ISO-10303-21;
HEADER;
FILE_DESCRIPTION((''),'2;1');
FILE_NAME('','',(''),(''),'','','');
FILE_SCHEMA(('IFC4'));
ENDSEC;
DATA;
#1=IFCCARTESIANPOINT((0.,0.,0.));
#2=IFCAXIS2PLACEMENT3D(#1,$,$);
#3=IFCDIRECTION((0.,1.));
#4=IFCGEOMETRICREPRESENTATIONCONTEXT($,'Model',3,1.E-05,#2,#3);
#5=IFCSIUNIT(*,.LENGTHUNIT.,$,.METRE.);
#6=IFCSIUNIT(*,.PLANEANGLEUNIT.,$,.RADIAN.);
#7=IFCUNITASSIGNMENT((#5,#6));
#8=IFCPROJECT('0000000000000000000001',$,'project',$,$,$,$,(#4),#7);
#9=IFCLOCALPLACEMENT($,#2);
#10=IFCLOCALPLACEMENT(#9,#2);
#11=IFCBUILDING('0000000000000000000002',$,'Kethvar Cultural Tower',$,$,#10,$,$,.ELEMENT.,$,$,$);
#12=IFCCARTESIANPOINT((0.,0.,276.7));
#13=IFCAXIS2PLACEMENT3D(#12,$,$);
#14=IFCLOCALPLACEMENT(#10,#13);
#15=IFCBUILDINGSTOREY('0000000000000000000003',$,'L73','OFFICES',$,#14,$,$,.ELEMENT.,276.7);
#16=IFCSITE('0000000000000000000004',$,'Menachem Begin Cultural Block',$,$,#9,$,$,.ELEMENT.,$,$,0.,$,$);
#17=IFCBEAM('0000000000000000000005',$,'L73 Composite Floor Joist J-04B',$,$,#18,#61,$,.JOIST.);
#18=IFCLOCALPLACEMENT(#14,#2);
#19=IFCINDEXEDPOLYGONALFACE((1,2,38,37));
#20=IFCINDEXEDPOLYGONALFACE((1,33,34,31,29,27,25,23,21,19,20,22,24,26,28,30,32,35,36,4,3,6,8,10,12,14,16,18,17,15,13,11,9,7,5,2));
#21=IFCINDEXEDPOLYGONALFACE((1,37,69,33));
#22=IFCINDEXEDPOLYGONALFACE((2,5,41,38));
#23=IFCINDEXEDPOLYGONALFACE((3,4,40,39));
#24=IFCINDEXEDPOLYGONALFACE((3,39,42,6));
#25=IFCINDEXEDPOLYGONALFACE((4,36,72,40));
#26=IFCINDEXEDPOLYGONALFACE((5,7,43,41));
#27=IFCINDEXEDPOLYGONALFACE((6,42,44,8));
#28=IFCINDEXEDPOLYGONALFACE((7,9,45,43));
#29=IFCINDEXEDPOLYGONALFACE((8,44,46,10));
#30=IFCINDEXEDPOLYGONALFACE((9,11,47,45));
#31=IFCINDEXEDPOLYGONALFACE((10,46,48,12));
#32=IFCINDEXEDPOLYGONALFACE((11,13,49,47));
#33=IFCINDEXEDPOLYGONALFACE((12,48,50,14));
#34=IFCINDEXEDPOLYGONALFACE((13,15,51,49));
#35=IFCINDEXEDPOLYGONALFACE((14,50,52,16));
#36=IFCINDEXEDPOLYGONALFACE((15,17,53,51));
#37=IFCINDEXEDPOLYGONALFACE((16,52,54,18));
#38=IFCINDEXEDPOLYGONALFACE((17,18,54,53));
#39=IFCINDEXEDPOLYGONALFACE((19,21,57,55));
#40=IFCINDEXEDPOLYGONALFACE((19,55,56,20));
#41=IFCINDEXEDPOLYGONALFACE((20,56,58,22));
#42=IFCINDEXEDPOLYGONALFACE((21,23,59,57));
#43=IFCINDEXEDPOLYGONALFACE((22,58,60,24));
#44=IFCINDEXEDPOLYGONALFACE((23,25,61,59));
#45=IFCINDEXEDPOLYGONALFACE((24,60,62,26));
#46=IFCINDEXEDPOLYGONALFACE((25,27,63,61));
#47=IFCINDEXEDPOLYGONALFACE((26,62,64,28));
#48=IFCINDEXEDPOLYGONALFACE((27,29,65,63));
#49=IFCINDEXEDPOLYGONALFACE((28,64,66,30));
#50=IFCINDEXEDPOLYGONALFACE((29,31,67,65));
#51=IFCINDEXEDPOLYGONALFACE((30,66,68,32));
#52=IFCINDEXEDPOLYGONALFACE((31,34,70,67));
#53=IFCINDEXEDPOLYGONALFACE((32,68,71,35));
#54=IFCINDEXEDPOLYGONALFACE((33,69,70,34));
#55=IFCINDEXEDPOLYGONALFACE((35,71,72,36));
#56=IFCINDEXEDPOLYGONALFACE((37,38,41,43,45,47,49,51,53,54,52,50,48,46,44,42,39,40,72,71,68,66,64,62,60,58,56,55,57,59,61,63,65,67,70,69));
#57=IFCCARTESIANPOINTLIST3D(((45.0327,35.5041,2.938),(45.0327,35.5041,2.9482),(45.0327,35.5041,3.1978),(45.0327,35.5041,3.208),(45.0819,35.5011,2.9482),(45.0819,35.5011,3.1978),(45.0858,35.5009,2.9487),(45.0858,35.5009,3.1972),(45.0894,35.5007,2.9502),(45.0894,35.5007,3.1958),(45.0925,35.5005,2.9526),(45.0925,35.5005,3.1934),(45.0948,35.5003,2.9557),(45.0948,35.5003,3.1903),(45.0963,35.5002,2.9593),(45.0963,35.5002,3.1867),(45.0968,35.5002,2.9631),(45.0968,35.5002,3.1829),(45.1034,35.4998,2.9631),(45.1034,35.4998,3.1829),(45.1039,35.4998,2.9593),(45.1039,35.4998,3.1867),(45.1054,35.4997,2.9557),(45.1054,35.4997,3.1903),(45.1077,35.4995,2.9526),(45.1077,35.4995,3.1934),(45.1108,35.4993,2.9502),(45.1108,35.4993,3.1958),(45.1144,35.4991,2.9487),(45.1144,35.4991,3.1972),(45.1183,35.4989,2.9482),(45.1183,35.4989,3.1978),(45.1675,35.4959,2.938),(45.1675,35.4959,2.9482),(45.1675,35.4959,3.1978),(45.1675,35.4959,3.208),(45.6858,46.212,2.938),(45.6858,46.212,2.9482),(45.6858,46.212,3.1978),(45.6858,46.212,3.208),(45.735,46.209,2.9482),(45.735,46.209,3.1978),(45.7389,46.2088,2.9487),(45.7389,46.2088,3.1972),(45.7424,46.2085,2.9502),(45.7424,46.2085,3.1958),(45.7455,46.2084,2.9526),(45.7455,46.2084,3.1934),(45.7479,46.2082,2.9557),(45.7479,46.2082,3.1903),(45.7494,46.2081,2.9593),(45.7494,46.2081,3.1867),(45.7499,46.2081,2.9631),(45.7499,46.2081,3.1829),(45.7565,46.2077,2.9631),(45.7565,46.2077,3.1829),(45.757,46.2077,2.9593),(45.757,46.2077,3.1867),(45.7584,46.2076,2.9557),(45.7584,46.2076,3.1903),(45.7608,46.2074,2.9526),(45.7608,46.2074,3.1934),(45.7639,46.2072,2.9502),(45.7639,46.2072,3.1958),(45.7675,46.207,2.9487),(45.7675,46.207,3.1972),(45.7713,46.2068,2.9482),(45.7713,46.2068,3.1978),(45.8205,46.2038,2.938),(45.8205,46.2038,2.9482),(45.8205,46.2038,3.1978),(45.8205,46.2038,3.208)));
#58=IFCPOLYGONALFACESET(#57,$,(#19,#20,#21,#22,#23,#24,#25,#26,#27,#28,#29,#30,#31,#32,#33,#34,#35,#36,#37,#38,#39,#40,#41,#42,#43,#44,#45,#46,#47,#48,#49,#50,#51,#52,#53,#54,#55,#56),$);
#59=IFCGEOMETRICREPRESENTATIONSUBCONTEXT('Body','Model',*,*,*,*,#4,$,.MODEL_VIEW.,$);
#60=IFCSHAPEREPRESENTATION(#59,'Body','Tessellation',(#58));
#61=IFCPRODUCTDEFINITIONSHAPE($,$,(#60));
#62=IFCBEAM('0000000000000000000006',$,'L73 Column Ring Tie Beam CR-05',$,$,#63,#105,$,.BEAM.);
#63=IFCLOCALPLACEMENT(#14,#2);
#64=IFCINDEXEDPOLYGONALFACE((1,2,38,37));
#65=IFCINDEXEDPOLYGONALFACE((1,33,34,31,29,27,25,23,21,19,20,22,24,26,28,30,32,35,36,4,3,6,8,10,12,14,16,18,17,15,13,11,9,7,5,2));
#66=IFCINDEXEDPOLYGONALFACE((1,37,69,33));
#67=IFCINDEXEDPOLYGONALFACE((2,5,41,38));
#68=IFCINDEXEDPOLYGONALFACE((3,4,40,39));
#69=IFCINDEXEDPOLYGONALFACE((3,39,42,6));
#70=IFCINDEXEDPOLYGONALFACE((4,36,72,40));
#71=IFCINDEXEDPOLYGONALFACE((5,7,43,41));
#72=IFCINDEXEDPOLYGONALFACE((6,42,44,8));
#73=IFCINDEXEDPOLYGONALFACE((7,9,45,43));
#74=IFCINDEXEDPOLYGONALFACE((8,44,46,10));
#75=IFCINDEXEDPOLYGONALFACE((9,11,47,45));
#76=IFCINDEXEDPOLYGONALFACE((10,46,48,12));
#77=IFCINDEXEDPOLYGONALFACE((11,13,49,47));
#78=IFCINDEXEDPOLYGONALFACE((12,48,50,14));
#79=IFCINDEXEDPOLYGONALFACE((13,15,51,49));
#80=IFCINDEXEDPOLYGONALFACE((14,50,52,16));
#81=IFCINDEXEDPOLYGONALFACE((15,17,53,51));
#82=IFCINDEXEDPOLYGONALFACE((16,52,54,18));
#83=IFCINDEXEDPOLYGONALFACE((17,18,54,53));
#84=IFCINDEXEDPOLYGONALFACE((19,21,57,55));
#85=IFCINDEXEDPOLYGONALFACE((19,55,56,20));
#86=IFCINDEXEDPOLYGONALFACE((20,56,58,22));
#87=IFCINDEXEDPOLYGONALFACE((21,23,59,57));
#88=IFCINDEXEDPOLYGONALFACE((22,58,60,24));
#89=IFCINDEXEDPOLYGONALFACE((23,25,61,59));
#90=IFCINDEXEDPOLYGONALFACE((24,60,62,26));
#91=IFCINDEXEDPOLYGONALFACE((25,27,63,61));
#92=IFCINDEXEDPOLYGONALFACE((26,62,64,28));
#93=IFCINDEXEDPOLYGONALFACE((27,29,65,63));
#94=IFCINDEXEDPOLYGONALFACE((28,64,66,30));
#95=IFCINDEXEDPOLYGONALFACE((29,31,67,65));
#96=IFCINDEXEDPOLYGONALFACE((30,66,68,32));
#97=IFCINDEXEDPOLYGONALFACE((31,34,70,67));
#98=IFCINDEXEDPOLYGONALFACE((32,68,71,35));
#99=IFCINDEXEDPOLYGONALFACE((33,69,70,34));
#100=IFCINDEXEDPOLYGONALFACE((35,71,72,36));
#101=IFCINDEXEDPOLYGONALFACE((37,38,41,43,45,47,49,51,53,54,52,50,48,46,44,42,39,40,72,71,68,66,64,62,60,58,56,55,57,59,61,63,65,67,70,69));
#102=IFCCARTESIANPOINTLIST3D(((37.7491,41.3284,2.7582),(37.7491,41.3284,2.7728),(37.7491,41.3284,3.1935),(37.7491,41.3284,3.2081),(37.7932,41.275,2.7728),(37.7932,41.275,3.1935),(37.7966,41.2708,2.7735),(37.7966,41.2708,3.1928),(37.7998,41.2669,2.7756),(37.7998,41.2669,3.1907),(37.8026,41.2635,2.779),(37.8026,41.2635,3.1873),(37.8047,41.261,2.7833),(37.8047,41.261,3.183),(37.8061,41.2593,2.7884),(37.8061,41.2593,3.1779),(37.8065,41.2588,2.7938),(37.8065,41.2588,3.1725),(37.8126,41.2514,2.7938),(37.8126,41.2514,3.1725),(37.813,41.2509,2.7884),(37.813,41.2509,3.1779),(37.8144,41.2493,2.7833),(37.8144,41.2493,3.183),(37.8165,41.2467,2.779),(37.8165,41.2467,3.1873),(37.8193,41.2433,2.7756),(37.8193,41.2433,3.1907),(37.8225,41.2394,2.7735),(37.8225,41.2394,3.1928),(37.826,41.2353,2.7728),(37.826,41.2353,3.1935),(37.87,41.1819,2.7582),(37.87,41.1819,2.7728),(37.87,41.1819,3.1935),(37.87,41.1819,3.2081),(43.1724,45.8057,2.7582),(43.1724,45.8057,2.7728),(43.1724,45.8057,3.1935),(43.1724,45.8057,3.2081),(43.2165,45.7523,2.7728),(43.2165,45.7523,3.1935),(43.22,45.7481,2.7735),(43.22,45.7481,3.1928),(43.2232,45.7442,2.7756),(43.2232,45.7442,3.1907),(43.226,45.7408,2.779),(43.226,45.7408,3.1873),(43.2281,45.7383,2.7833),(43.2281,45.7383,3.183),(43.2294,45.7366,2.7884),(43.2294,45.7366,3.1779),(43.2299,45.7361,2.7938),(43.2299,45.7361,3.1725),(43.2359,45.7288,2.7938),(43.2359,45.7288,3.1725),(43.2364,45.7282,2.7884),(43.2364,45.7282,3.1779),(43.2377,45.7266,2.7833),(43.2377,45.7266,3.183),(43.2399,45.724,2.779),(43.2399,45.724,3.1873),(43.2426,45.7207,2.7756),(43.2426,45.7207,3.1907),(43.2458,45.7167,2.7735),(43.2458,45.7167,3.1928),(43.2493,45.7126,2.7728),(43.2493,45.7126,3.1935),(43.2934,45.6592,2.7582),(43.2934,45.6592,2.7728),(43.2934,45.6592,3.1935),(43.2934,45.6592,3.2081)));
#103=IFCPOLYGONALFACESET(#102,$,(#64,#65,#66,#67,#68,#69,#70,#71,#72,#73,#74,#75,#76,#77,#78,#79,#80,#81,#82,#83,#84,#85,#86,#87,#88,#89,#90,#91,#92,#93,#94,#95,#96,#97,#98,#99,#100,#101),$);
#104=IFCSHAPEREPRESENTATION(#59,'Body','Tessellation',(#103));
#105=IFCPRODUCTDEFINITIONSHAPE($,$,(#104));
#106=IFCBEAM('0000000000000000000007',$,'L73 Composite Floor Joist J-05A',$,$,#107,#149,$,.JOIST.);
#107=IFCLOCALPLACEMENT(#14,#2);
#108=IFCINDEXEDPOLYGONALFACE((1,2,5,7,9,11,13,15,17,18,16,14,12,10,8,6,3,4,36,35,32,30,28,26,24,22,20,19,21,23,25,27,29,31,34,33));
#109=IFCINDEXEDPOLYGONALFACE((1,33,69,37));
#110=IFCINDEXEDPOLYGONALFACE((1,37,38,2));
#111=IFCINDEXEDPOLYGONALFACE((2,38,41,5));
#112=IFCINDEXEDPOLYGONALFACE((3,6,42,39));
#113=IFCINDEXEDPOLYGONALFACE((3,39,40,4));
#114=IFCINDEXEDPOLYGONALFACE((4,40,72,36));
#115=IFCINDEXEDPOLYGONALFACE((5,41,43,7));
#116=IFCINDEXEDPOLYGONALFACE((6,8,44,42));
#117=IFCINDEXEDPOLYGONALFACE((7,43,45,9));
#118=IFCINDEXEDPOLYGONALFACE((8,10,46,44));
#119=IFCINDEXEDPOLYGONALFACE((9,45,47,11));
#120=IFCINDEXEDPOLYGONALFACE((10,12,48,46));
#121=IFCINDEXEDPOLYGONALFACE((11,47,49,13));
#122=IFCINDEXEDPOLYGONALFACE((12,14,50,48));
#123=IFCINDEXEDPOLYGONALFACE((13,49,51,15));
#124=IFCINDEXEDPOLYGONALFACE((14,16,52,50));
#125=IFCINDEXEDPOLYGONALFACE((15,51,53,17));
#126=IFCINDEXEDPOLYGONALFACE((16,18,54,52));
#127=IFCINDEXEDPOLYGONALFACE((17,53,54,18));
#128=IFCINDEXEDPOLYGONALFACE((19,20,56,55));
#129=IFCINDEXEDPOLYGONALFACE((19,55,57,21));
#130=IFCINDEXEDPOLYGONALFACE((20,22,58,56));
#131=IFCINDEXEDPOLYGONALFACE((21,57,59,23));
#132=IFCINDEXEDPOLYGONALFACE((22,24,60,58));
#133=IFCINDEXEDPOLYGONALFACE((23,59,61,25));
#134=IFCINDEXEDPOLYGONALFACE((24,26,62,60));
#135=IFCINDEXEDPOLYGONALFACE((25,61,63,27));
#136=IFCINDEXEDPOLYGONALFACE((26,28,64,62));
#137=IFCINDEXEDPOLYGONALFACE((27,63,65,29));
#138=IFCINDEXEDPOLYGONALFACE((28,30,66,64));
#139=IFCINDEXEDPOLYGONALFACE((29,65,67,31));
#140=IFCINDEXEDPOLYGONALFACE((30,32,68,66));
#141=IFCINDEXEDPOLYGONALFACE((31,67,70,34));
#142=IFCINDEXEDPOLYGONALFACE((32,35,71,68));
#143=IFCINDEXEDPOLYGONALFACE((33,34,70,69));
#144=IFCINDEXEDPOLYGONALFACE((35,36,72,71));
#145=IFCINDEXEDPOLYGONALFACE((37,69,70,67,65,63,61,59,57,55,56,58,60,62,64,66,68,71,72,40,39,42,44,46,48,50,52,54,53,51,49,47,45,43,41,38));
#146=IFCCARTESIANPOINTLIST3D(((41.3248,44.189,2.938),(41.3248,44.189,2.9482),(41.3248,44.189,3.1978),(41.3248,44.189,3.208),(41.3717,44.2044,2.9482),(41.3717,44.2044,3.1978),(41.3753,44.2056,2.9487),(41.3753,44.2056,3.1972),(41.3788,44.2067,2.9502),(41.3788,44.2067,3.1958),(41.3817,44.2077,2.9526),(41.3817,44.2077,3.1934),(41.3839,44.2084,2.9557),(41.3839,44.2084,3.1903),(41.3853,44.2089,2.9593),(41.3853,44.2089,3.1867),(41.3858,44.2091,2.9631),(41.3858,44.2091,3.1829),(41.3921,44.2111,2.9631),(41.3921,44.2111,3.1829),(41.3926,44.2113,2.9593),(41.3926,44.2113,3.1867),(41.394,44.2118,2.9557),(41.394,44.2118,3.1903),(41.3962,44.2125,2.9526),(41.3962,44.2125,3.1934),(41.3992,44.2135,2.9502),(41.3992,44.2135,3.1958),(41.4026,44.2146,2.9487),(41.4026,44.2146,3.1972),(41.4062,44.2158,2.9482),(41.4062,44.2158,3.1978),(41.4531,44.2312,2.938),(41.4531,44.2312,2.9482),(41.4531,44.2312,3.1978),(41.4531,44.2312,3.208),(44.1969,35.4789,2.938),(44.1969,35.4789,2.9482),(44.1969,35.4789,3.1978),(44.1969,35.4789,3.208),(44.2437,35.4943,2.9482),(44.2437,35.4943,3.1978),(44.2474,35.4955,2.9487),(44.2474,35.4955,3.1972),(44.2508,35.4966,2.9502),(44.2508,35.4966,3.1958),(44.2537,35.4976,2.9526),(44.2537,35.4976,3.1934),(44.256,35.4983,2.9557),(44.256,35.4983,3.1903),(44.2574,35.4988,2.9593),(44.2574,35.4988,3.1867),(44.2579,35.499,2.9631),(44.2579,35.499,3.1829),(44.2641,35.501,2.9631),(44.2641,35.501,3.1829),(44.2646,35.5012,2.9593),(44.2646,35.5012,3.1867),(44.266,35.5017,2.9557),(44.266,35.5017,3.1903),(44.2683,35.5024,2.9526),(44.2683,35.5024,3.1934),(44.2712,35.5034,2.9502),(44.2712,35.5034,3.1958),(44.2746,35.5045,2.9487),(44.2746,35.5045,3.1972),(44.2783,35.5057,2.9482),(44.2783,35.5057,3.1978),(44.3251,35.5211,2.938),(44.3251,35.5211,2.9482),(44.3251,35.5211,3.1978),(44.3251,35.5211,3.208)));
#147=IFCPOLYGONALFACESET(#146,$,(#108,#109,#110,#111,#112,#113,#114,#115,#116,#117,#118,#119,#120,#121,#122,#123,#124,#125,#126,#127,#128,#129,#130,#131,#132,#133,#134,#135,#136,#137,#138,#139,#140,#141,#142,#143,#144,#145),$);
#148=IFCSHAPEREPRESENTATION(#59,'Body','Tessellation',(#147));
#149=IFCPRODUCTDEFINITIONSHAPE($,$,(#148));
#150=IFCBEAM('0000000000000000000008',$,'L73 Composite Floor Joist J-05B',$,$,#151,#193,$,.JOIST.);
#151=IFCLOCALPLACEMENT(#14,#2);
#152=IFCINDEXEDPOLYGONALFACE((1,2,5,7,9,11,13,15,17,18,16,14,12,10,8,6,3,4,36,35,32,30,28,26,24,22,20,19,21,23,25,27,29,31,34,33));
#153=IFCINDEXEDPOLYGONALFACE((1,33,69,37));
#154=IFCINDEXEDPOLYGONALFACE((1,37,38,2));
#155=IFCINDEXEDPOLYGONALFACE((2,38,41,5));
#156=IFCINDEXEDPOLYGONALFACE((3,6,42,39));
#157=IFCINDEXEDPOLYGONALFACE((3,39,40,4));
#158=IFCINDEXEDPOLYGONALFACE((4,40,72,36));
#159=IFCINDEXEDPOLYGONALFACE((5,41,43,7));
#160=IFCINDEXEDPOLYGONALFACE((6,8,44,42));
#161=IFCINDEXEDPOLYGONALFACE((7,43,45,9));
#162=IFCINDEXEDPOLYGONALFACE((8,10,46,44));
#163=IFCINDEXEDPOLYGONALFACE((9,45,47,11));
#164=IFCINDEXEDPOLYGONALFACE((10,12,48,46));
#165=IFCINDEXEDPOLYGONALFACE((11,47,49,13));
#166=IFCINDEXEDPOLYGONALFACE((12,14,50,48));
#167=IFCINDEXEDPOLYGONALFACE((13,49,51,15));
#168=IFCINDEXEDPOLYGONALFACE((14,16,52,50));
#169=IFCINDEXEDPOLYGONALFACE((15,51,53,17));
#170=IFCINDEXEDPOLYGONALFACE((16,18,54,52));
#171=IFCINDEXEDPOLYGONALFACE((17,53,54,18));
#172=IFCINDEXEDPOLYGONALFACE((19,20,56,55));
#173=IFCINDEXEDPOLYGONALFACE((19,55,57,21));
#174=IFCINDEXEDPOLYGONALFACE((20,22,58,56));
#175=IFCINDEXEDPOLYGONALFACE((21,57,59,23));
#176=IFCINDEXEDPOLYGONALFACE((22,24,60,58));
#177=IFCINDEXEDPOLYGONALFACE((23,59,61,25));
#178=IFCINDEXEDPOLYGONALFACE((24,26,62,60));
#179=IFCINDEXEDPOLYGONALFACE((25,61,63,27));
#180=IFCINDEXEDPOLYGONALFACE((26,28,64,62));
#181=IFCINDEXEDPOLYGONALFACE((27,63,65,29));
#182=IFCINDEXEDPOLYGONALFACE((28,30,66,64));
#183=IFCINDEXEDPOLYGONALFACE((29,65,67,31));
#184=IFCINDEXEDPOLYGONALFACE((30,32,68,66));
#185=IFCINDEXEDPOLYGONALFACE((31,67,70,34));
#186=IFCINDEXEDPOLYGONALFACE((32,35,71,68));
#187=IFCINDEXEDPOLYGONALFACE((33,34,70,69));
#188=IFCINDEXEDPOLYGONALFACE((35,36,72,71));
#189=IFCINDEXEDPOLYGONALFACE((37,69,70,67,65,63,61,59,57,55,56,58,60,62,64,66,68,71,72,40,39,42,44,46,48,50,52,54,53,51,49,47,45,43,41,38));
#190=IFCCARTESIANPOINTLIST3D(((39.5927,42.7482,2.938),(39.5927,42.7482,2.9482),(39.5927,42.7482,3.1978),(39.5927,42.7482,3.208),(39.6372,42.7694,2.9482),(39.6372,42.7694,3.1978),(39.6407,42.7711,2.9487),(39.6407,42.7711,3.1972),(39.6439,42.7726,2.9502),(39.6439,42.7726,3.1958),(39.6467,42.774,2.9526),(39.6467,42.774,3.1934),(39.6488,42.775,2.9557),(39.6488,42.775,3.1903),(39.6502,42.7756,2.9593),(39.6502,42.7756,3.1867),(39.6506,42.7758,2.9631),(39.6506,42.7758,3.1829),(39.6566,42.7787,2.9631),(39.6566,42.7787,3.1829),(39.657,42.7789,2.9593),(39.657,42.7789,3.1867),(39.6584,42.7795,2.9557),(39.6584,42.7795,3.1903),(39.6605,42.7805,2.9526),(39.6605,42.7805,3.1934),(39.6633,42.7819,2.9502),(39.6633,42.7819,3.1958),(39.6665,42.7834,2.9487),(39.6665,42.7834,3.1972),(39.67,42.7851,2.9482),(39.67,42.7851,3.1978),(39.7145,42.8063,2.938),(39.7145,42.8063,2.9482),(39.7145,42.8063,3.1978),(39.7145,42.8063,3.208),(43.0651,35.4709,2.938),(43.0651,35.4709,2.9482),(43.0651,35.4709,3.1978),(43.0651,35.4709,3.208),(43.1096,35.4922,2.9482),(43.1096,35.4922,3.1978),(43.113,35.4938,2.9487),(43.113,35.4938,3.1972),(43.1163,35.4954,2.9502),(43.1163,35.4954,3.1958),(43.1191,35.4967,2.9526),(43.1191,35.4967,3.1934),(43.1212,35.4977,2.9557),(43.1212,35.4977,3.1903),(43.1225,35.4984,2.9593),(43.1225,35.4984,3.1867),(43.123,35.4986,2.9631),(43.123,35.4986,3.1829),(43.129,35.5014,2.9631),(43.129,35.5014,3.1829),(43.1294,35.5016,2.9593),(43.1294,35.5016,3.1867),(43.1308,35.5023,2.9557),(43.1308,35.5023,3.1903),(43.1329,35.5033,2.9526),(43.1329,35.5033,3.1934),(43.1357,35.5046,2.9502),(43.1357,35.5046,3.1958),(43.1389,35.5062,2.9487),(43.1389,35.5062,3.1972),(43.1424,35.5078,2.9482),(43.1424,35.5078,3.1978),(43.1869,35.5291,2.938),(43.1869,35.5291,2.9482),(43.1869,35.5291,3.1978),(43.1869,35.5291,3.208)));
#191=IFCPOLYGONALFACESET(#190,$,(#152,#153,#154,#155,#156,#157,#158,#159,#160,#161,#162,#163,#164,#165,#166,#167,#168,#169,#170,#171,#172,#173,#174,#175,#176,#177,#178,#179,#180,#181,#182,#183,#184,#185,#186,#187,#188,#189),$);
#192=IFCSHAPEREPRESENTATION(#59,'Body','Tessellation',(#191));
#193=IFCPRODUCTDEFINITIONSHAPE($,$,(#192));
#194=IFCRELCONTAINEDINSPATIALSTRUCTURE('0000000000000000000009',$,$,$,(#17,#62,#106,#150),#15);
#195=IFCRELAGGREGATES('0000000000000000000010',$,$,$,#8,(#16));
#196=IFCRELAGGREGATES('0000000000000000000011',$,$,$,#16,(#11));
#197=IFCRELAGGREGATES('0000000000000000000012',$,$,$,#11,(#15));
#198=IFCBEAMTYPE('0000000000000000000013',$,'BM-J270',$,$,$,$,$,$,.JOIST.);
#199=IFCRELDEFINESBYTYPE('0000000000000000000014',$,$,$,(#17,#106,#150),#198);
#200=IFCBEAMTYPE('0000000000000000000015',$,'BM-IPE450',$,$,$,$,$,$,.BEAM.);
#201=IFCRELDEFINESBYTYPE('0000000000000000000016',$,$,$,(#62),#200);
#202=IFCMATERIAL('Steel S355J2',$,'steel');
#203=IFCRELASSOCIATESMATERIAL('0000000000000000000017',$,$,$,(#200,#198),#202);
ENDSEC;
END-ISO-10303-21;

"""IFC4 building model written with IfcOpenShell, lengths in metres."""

from ifc_helpers import new_model, si_unit, direction, frame, origin, origin_2d, place, context, subcontext, project, spatial, i_section, extrude, source, transform, mapped, material, material_profile, profile_set, type_object, element, save


model = new_model("IFC4")

# Units and contexts
model_context = context("Model", 3, precision=1e-05, world=origin(), true_north=direction((0.0, 1.0)))
body_context = subcontext(model_context, "Body", "Model", "MODEL_VIEW")
ifc_project = project(units=[si_unit("LENGTHUNIT", "METRE"), si_unit("PLANEANGLEUNIT", "RADIAN")], contexts=[model_context])

# Site, building, storey
site_placement = place(None, origin())
site = spatial("IfcSite", under=ifc_project, at=site_placement, Name="Menachem Begin Cultural Block", CompositionType="ELEMENT", RefElevation=0.0)
building_placement = place(site_placement, origin())
building = spatial("IfcBuilding", under=site, at=building_placement, Name="Kethvar Cultural Tower", CompositionType="ELEMENT")
storey_placement = place(building_placement, frame((0.0, 0.0, 276.7)))
storey = spatial("IfcBuildingStorey", under=building, at=storey_placement, Name="L73", Description="OFFICES", CompositionType="ELEMENT", Elevation=276.7)

# Shared definitions
ifc_material_1 = material(Name="Steel S355J2", Category="steel")

# Beams
ifc_material_profile_1 = material_profile(ifc_material_1, i_section(OverallWidth=0.1899, OverallDepth=0.45, WebThickness=0.0095, FlangeThickness=0.0146, FilletRadius=0.021, at=origin_2d()), Name="Steel S355J2 — IPE450")
ifc_profile_set_1 = profile_set([ifc_material_profile_1], Name="Steel S355J2 — IPE450")
beam_type_1 = type_object("IfcBeamType", Name="BM-IPE450", PredefinedType="BEAM", material=ifc_profile_set_1)
ifc_material_profile_2 = material_profile(ifc_material_1, i_section(OverallWidth=0.135, OverallDepth=0.27, WebThickness=0.0066, FlangeThickness=0.0103, FilletRadius=0.0149, at=origin_2d()), Name="Steel S355J2 — IPE270")
ifc_profile_set_2 = profile_set([ifc_material_profile_2], Name="Steel S355J2 — IPE270")
beam_type_2 = type_object("IfcBeamType", Name="BM-J270", PredefinedType="JOIST", material=ifc_profile_set_2)
shared_shape_1 = source(origin(), body_context, "Body", "SweptSolid", [
    extrude(i_section(OverallWidth=0.135, OverallDepth=0.27, WebThickness=0.0066, FlangeThickness=0.0103, FilletRadius=0.0149, at=origin_2d()), origin(), (0.0, 0.0, 1.0), 10.7278),
])
beam_1_placement = place(storey_placement, frame((45.1001, 35.5, 3.073), z_axis=(0.060876, 0.998145, 0.0), x_axis=(-0.998145, 0.060876, 0.0)))
element("IfcBeam", 1, at=beam_1_placement, inside=storey, type_object=beam_type_2, Name="L73 Composite Floor Joist J-04B", PredefinedType="JOIST", context=body_context, shape_type="MappedRepresentation", body=[
    mapped(shared_shape_1, transform((0.0, 0.0, 0.0), scale=1.0)),
])
shared_shape_2 = source(origin(), body_context, "Body", "SweptSolid", [
    extrude(i_section(OverallWidth=0.1899, OverallDepth=0.45, WebThickness=0.0095, FlangeThickness=0.0146, FilletRadius=0.021, at=origin_2d()), origin(), (0.0, 0.0, 1.0), 7.0327),
])
beam_2_placement = place(storey_placement, frame((43.2329, 45.7324, 2.9832), z_axis=(-0.771161, -0.63664, 0.0), x_axis=(0.63664, -0.771161, 0.0)))
element("IfcBeam", 2, at=beam_2_placement, inside=storey, type_object=beam_type_1, Name="L73 Column Ring Tie Beam CR-05", PredefinedType="BEAM", context=body_context, shape_type="MappedRepresentation", body=[
    mapped(shared_shape_2, transform((0.0, 0.0, 0.0), scale=1.0)),
])
shared_shape_3 = source(origin(), body_context, "Body", "SweptSolid", [
    extrude(i_section(OverallWidth=0.135, OverallDepth=0.27, WebThickness=0.0066, FlangeThickness=0.0103, FilletRadius=0.0149, at=origin_2d()), origin(), (0.0, 0.0, 1.0), 9.1714),
])
beam_3_placement = place(storey_placement, frame((44.261, 35.5, 3.073), z_axis=(-0.313152, 0.949703, 0.0), x_axis=(-0.949703, -0.313152, 0.0)))
element("IfcBeam", 3, at=beam_3_placement, inside=storey, type_object=beam_type_2, Name="L73 Composite Floor Joist J-05A", PredefinedType="JOIST", context=body_context, shape_type="MappedRepresentation", body=[
    mapped(shared_shape_3, transform((0.0, 0.0, 0.0), scale=1.0)),
])
shared_shape_4 = source(origin(), body_context, "Body", "SweptSolid", [
    extrude(i_section(OverallWidth=0.135, OverallDepth=0.27, WebThickness=0.0066, FlangeThickness=0.0103, FilletRadius=0.0149, at=origin_2d()), origin(), (0.0, 0.0, 1.0), 8.0632),
])
beam_4_placement = place(storey_placement, frame((43.126, 35.5, 3.073), z_axis=(-0.430642, 0.902523, 0.0), x_axis=(-0.902523, -0.430642, 0.0)))
element("IfcBeam", 4, at=beam_4_placement, inside=storey, type_object=beam_type_2, Name="L73 Composite Floor Joist J-05B", PredefinedType="JOIST", context=body_context, shape_type="MappedRepresentation", body=[
    mapped(shared_shape_4, transform((0.0, 0.0, 0.0), scale=1.0)),
])

save(model, "model.ifc")
